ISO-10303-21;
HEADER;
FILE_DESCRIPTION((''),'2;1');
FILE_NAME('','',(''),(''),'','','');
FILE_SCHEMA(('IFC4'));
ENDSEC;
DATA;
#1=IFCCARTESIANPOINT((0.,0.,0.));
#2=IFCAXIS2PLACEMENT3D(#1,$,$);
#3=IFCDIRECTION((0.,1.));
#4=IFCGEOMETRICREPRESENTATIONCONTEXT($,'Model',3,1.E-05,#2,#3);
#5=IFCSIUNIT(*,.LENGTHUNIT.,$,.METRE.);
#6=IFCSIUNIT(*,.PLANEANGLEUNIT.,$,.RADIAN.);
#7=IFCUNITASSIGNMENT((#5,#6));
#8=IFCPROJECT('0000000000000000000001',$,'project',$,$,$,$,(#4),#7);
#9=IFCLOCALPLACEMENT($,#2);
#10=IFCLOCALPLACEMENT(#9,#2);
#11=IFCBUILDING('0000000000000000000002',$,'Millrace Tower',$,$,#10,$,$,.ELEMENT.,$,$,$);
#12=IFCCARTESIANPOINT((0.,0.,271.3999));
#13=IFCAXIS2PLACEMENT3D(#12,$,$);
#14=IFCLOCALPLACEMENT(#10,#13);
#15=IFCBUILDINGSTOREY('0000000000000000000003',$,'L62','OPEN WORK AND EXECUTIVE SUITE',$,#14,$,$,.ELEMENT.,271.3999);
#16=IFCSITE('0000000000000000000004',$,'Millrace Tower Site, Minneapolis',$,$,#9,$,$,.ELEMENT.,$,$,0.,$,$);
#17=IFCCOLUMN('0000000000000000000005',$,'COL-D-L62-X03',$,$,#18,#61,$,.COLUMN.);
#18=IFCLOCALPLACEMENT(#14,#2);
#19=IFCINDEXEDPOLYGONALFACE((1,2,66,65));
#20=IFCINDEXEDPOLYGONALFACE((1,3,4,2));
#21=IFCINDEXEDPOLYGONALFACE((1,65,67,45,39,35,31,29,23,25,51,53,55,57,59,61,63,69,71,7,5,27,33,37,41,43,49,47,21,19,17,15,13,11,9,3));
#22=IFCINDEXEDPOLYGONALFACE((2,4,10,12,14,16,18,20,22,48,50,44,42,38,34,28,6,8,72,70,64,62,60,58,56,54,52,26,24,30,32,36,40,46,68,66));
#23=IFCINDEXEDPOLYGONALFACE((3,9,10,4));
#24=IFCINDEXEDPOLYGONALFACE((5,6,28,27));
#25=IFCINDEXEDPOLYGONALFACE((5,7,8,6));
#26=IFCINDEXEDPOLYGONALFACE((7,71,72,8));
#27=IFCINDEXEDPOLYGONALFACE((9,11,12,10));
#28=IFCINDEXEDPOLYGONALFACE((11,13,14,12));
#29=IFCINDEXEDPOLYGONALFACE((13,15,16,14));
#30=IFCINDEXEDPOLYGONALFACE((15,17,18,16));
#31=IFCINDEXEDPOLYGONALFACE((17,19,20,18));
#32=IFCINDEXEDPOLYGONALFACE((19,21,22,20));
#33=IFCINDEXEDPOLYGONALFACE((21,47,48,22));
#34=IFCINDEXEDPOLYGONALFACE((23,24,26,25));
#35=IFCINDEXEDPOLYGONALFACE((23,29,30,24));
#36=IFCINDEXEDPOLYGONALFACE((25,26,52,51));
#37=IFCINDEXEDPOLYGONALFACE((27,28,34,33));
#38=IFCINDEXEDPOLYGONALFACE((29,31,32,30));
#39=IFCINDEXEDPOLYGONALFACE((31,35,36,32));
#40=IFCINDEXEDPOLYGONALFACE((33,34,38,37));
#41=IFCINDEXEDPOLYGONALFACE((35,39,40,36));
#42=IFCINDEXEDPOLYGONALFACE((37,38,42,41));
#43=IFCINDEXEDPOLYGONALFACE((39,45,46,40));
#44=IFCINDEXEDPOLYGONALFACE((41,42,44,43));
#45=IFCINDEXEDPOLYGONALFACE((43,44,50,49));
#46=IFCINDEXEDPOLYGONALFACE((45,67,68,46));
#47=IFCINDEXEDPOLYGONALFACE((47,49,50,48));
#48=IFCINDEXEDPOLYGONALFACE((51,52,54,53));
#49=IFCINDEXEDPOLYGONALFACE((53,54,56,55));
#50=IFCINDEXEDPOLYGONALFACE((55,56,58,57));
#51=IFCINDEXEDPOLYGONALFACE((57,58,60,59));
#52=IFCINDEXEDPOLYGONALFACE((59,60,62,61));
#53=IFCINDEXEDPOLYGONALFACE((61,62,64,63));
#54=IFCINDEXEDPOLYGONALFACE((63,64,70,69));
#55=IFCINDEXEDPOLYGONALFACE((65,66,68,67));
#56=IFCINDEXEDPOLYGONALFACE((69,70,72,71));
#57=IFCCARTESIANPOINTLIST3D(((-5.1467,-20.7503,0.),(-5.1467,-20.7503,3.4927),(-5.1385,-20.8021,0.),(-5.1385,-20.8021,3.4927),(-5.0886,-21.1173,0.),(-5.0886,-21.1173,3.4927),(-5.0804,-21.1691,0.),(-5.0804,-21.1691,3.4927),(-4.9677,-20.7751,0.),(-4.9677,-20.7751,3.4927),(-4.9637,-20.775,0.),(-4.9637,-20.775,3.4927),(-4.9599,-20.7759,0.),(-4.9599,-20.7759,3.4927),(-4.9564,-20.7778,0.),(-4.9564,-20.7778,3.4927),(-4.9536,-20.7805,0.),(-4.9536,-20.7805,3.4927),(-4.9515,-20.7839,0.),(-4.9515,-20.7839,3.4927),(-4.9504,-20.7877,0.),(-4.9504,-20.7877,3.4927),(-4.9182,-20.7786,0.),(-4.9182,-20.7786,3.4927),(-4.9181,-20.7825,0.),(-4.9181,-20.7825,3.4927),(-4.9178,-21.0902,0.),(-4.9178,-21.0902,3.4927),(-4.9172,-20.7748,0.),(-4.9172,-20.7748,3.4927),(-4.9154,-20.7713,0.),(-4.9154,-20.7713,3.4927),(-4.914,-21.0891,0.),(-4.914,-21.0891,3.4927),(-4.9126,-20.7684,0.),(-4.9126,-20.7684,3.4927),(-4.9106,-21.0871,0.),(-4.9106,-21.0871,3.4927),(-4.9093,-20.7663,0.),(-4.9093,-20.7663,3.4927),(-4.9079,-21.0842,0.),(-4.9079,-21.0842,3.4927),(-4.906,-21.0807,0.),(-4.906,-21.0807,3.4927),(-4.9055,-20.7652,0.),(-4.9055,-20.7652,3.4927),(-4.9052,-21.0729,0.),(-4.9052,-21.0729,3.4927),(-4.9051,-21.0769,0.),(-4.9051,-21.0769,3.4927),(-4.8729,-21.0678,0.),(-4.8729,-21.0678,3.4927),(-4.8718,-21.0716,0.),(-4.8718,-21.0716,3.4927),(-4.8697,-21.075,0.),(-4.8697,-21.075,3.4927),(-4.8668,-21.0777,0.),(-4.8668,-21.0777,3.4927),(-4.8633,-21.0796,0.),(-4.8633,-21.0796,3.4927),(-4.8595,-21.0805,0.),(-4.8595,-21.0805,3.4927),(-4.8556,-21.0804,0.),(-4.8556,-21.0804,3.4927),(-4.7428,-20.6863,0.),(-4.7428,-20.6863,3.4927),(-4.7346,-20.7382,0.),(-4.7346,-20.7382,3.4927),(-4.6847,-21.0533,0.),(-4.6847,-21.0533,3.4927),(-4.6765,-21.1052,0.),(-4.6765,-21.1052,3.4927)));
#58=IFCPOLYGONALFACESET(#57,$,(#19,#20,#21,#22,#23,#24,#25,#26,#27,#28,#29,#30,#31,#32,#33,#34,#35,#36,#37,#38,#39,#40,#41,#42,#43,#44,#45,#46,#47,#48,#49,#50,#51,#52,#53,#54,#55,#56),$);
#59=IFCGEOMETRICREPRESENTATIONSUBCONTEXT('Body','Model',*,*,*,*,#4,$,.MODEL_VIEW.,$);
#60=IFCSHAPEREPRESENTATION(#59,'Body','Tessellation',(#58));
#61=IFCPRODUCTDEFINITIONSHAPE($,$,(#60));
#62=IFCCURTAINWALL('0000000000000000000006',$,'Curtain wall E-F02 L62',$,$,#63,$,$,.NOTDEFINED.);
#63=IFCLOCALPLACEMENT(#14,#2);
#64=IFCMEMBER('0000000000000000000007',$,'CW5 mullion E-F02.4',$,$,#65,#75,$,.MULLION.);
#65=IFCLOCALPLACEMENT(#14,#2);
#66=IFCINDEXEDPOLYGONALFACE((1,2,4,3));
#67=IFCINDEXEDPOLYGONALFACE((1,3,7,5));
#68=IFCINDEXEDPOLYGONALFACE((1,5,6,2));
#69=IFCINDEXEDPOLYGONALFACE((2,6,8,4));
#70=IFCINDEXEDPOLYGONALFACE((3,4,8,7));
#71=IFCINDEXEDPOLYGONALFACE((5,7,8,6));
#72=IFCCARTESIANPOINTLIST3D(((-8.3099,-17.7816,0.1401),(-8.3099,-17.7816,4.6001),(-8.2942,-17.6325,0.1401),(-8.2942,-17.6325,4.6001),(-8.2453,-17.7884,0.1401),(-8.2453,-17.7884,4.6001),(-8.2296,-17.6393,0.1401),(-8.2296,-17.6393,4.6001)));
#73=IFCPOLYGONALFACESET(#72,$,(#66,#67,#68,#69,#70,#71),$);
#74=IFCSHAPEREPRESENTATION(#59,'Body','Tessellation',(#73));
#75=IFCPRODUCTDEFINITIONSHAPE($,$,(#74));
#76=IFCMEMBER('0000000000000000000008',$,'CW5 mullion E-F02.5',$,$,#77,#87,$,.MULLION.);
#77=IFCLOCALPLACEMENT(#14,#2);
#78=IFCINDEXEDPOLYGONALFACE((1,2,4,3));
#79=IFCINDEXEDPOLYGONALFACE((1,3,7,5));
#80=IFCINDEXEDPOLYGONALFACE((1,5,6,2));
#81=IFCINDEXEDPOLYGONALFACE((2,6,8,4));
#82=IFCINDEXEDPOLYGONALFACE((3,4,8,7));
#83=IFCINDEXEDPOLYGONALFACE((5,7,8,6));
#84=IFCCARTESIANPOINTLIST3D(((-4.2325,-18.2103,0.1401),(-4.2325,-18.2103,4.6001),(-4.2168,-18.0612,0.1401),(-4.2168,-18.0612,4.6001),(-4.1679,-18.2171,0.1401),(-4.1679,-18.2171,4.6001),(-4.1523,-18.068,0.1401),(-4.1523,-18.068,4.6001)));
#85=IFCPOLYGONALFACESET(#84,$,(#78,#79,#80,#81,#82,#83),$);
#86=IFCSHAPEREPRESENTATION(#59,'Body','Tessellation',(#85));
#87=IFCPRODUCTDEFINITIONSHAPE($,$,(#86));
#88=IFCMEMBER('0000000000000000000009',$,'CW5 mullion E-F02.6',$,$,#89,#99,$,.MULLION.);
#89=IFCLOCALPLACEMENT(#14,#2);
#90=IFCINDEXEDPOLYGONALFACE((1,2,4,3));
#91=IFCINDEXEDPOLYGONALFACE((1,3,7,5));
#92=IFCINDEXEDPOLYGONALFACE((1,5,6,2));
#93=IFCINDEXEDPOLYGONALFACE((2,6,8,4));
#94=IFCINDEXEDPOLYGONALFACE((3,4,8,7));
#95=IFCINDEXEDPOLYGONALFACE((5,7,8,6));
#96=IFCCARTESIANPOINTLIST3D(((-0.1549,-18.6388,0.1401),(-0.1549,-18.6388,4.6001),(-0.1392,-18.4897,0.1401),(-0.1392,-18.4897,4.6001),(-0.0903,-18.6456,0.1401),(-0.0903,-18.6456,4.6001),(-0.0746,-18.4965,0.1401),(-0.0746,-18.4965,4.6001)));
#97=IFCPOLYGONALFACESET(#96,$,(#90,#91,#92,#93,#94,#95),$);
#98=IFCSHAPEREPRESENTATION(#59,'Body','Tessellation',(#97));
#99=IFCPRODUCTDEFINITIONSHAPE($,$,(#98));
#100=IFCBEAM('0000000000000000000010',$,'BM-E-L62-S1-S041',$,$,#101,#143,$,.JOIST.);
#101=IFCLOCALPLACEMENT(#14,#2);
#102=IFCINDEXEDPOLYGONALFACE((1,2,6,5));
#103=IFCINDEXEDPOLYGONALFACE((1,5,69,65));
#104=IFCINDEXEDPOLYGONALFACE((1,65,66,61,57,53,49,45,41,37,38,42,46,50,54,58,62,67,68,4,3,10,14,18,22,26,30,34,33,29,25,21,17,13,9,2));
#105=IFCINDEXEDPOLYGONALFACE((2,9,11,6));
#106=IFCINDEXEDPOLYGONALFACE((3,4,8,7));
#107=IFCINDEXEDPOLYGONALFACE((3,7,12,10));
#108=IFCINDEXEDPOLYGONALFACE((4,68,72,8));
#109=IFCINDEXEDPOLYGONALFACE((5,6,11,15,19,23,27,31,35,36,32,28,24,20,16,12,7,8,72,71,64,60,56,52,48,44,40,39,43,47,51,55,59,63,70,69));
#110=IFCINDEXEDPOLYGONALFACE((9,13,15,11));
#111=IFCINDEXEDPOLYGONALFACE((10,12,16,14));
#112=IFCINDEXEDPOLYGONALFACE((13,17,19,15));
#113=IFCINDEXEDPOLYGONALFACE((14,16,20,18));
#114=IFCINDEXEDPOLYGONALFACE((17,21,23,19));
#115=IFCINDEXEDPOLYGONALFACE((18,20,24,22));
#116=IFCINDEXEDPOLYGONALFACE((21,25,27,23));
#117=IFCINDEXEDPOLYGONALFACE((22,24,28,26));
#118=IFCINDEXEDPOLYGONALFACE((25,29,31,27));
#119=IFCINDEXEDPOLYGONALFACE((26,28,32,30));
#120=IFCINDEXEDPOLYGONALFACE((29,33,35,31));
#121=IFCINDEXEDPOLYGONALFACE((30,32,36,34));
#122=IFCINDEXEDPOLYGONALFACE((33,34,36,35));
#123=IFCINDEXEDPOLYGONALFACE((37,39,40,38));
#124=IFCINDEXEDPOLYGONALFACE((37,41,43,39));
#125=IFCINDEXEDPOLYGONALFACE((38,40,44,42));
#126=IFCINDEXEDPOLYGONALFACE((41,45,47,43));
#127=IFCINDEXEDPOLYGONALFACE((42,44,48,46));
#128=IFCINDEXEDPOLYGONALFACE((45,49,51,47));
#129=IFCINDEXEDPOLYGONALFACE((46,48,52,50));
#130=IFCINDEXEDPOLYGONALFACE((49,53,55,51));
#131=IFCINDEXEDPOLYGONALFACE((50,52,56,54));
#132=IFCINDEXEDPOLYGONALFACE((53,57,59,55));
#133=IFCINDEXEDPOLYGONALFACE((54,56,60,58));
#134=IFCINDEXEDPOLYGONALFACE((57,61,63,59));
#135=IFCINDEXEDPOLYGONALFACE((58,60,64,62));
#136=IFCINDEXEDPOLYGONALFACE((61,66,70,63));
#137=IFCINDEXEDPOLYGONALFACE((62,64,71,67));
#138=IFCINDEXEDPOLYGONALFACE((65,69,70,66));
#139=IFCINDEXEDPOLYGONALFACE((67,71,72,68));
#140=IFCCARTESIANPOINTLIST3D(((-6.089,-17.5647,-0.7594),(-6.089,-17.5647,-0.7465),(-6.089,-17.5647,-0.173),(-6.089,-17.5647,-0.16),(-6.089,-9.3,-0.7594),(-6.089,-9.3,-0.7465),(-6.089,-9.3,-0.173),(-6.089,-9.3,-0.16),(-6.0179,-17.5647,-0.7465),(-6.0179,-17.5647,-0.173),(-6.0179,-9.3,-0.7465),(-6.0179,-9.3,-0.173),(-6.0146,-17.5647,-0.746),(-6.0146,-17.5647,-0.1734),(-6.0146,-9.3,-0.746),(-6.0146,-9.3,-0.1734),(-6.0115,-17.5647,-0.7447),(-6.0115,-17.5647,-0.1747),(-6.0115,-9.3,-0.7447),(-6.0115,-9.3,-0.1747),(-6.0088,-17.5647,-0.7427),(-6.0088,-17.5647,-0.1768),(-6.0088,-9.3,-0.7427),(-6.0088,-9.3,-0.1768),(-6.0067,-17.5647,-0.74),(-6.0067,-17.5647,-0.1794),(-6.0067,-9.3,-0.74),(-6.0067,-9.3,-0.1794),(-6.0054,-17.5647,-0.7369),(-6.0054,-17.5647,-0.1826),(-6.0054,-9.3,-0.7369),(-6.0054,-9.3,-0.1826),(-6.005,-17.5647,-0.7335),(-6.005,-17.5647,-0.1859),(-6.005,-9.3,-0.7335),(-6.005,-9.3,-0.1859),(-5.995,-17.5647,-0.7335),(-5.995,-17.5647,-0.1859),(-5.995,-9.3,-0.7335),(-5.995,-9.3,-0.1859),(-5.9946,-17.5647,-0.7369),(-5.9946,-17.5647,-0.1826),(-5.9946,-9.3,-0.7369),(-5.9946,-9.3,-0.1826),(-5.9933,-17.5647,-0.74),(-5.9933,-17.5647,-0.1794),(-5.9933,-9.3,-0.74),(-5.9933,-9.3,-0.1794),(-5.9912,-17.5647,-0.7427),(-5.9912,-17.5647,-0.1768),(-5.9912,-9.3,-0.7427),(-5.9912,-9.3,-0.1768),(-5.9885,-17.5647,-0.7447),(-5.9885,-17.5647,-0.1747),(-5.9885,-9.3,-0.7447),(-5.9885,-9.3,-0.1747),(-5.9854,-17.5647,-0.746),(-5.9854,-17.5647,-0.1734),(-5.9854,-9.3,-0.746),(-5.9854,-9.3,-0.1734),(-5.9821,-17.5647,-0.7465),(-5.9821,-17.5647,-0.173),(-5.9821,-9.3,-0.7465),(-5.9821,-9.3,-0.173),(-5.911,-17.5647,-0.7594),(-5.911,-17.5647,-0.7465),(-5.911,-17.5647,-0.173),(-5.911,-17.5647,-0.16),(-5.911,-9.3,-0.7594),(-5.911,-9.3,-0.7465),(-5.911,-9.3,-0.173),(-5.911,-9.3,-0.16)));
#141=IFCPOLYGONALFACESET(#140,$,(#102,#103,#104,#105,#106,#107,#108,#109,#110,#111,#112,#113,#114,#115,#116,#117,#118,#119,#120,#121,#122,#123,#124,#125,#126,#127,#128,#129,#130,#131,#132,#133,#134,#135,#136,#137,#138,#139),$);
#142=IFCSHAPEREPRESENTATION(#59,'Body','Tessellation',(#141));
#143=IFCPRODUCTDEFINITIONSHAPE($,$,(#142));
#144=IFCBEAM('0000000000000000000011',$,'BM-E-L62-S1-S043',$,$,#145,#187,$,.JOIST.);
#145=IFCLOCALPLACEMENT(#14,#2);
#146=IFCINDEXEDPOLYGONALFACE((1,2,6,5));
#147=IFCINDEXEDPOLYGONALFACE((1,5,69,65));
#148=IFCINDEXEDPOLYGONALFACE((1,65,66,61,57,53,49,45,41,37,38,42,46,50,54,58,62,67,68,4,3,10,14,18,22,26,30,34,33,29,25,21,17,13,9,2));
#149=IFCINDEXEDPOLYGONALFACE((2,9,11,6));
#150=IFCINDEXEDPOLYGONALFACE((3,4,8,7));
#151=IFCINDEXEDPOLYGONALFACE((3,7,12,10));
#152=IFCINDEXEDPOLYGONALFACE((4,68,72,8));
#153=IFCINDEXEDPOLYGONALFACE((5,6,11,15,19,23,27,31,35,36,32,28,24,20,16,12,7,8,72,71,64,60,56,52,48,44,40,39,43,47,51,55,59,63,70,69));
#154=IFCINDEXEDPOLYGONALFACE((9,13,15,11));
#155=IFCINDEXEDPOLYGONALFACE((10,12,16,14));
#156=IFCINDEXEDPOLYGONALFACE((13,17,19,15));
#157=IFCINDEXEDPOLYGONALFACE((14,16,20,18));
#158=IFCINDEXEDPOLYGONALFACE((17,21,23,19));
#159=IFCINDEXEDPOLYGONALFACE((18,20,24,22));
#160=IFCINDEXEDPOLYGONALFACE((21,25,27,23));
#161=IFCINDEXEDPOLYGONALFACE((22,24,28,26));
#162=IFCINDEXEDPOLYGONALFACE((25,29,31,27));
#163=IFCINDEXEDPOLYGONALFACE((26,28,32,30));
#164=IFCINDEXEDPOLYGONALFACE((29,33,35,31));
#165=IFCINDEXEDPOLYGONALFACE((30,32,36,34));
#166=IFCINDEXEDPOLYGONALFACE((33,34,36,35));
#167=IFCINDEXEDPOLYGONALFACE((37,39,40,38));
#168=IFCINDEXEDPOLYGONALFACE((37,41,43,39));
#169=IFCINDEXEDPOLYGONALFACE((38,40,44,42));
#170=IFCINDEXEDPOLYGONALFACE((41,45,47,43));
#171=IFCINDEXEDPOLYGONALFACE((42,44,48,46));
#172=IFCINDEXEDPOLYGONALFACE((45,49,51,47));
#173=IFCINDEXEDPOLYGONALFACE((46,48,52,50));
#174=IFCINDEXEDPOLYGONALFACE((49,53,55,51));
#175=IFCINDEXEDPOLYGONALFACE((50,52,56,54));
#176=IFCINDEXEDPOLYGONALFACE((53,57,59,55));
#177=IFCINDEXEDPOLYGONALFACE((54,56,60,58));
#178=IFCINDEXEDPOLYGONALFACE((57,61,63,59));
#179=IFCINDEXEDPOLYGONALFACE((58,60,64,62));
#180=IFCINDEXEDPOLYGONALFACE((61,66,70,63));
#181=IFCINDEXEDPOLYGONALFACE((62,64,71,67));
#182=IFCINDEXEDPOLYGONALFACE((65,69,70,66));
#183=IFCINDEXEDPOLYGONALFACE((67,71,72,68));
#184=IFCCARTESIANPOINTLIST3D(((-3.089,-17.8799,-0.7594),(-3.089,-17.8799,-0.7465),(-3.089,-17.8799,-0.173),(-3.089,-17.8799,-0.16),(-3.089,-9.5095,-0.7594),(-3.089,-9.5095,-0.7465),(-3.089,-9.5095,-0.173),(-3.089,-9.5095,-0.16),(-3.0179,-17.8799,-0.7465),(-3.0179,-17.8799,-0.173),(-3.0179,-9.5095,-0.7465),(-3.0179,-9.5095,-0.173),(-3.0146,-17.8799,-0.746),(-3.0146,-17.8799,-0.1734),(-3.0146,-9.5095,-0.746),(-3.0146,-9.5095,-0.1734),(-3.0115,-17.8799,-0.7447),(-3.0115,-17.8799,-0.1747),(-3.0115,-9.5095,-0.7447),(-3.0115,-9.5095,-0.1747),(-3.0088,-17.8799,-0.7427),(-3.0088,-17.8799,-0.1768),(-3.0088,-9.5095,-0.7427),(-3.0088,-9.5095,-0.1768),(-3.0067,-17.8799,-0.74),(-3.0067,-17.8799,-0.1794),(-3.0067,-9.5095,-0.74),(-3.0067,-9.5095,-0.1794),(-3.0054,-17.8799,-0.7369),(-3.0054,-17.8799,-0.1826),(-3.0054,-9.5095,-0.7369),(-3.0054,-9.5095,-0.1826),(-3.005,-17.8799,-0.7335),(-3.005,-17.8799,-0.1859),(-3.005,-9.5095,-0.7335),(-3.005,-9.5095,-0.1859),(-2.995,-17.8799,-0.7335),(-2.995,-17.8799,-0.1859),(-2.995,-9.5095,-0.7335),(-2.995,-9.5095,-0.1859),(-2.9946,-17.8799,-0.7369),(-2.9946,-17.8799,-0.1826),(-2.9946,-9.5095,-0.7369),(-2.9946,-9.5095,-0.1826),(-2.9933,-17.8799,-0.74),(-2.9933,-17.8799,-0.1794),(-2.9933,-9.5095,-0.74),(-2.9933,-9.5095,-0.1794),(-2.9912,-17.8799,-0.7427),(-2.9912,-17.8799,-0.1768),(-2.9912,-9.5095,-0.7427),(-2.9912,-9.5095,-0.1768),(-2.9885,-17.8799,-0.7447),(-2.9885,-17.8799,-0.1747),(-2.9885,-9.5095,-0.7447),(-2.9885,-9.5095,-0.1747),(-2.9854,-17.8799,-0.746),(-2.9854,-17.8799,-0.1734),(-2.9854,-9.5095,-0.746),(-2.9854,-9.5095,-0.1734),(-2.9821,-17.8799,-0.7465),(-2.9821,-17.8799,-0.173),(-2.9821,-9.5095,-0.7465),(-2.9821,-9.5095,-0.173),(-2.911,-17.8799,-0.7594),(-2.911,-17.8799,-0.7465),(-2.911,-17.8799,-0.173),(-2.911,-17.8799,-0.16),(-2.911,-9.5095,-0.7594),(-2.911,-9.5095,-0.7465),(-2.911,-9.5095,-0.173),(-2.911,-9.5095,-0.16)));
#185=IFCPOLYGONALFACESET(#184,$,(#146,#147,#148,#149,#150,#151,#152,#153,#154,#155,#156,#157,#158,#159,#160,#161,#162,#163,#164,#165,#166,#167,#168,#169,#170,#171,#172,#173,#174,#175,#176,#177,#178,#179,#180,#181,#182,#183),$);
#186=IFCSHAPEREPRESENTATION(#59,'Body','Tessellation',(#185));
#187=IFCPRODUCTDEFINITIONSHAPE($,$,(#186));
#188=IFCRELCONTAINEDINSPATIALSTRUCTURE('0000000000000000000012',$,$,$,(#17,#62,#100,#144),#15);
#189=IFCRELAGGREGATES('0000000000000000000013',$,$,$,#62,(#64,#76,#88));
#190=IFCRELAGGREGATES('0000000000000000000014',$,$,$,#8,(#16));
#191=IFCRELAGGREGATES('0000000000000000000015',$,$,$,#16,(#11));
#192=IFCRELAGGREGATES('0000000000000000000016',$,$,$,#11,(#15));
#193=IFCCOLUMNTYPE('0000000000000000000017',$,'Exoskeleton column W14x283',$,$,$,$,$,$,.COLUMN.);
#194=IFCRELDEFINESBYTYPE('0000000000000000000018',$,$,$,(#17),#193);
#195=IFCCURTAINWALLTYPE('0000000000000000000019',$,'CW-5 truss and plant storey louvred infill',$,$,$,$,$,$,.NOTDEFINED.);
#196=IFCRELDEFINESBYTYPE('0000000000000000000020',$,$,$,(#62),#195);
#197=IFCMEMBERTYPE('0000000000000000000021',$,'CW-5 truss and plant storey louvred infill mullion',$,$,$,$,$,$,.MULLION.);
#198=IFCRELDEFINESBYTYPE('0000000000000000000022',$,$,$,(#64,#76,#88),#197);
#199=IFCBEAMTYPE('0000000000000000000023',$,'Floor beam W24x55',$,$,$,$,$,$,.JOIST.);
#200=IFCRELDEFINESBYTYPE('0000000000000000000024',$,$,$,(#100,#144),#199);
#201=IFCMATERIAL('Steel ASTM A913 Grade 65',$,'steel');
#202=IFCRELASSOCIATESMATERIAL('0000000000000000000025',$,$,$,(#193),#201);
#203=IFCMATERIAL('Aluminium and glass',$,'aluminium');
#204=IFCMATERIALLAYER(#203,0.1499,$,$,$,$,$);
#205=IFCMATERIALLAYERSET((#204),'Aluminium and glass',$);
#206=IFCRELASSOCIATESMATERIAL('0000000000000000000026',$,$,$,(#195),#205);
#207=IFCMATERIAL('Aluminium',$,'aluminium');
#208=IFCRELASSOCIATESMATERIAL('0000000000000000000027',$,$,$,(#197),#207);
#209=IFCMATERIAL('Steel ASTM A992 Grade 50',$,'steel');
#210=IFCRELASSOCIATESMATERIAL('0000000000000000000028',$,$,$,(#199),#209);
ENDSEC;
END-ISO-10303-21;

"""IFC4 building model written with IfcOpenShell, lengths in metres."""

from ifc_helpers import new_model, si_unit, direction, frame, origin, origin_2d, place, context, subcontext, project, spatial, rectangle, i_section, extrude, material, layer, layer_set, material_profile, profile_set, type_object, element, aggregate, save


model = new_model("IFC4")

# Units and contexts
model_context = context("Model", 3, precision=1e-05, world=origin(), true_north=direction((0.0, 1.0)))
body_context = subcontext(model_context, "Body", "Model", "MODEL_VIEW")
ifc_project = project(units=[si_unit("LENGTHUNIT", "METRE"), si_unit("PLANEANGLEUNIT", "RADIAN")], contexts=[model_context])

# Site, building, storey
site_placement = place(None, origin())
site = spatial("IfcSite", under=ifc_project, at=site_placement, Name="Millrace Tower Site, Minneapolis", CompositionType="ELEMENT", RefElevation=0.0)
building_placement = place(site_placement, origin())
building = spatial("IfcBuilding", under=site, at=building_placement, Name="Millrace Tower", CompositionType="ELEMENT")
storey_placement = place(building_placement, frame((0.0, 0.0, 271.3999)))
storey = spatial("IfcBuildingStorey", under=building, at=storey_placement, Name="L62", Description="OPEN WORK AND EXECUTIVE SUITE", CompositionType="ELEMENT", Elevation=271.3999)

# Column
ifc_material_1 = material(Name="Steel ASTM A913 Grade 65", Category="steel")
ifc_material_profile_1 = material_profile(ifc_material_1, i_section(OverallWidth=0.4089, OverallDepth=0.4241, WebThickness=0.0327, FlangeThickness=0.0525, FilletRadius=0.0151, at=origin_2d()))
ifc_profile_set_1 = profile_set([ifc_material_profile_1], Name="Steel ASTM A913 Grade 65")
column_type = type_object("IfcColumnType", Name="Exoskeleton column W14x283", PredefinedType="COLUMN", material=ifc_profile_set_1)
column_placement = place(storey_placement, frame((-4.9116, -20.9277, 0.0), z_axis=(0.0, 0.0, 1.0), x_axis=(0.987688, 0.156434, 0.0)))
element("IfcColumn", 1, at=column_placement, inside=storey, type_object=column_type, Name="COL-D-L62-X03", PredefinedType="COLUMN", context=body_context, shape_type="SweptSolid", body=[
    extrude(i_section(OverallWidth=0.4089, OverallDepth=0.4241, WebThickness=0.0327, FlangeThickness=0.0525, FilletRadius=0.0151, at=origin_2d()), origin(), (0.0, 0.0, 1.0), 3.4927),
])

# Curtain wall, members
ifc_material_2 = material(Name="Aluminium and glass", Category="aluminium")
ifc_layer_1 = layer(ifc_material_2, 0.1499)
ifc_layer_set_1 = layer_set([ifc_layer_1], Name="Aluminium and glass")
curtain_wall_type = type_object("IfcCurtainWallType", Name="CW-5 truss and plant storey louvred infill", PredefinedType="NOTDEFINED", material=ifc_layer_set_1)
curtain_wall_placement = place(storey_placement, origin())
curtain_wall = element("IfcCurtainWall", 2, at=curtain_wall_placement, inside=storey, type_object=curtain_wall_type, Name="Curtain wall E-F02 L62", PredefinedType="NOTDEFINED")
ifc_material_3 = material(Name="Aluminium", Category="aluminium")
ifc_material_profile_2 = material_profile(ifc_material_3, rectangle(XDim=0.0649, YDim=0.1499, at=origin_2d()))
ifc_profile_set_2 = profile_set([ifc_material_profile_2], Name="Aluminium")
member_type_1 = type_object("IfcMemberType", Name="CW-5 truss and plant storey louvred infill mullion", PredefinedType="MULLION", material=ifc_profile_set_2)
member_1_placement = place(storey_placement, frame((-8.2698, -17.7104, 0.1401), z_axis=(0.0, 0.0, 1.0), x_axis=(0.994522, -0.104528, 0.0)))
member_1 = element("IfcMember", 3, at=member_1_placement, type_object=member_type_1, Name="CW5 mullion E-F02.4", PredefinedType="MULLION", context=body_context, shape_type="SweptSolid", body=[
    extrude(rectangle(XDim=0.0649, YDim=0.1499, at=origin_2d()), origin(), (0.0, 0.0, 1.0), 4.46),
])
member_2_placement = place(storey_placement, frame((-4.1924, -18.1392, 0.1401), z_axis=(0.0, 0.0, 1.0), x_axis=(0.994522, -0.104528, 0.0)))
member_2 = element("IfcMember", 4, at=member_2_placement, type_object=member_type_1, Name="CW5 mullion E-F02.5", PredefinedType="MULLION", context=body_context, shape_type="SweptSolid", body=[
    extrude(rectangle(XDim=0.0649, YDim=0.1499, at=origin_2d()), origin(), (0.0, 0.0, 1.0), 4.46),
])
member_3_placement = place(storey_placement, frame((-0.1147, -18.5676, 0.1401), z_axis=(0.0, 0.0, 1.0), x_axis=(0.994522, -0.104528, 0.0)))
member_3 = element("IfcMember", 5, at=member_3_placement, type_object=member_type_1, Name="CW5 mullion E-F02.6", PredefinedType="MULLION", context=body_context, shape_type="SweptSolid", body=[
    extrude(rectangle(XDim=0.0649, YDim=0.1499, at=origin_2d()), origin(), (0.0, 0.0, 1.0), 4.46),
])
aggregate(curtain_wall, [member_1, member_2, member_3])

# Beams
ifc_material_4 = material(Name="Steel ASTM A992 Grade 50", Category="steel")
ifc_material_profile_3 = material_profile(ifc_material_4, i_section(OverallWidth=0.178, OverallDepth=0.5994, WebThickness=0.01, FlangeThickness=0.0129, FilletRadius=0.0129, at=origin_2d()))
ifc_profile_set_3 = profile_set([ifc_material_profile_3], Name="Steel ASTM A992 Grade 50")
beam_type_1 = type_object("IfcBeamType", Name="Floor beam W24x55", PredefinedType="JOIST", material=ifc_profile_set_3)
beam_1_placement = place(storey_placement, frame((-6.0, -17.5647, -0.4597), z_axis=(0.0, 1.0, 0.0), x_axis=(-1.0, 0.0, 0.0)))
element("IfcBeam", 6, at=beam_1_placement, inside=storey, type_object=beam_type_1, Name="BM-E-L62-S1-S041", PredefinedType="JOIST", context=body_context, shape_type="SweptSolid", body=[
    extrude(i_section(OverallWidth=0.178, OverallDepth=0.5994, WebThickness=0.01, FlangeThickness=0.0129, FilletRadius=0.0129, at=origin_2d()), origin(), (0.0, 0.0, 1.0), 8.2646),
])
beam_2_placement = place(storey_placement, frame((-3.0, -17.8799, -0.4597), z_axis=(0.0, 1.0, 0.0), x_axis=(-1.0, 0.0, 0.0)))
element("IfcBeam", 7, at=beam_2_placement, inside=storey, type_object=beam_type_1, Name="BM-E-L62-S1-S043", PredefinedType="JOIST", context=body_context, shape_type="SweptSolid", body=[
    extrude(i_section(OverallWidth=0.178, OverallDepth=0.5994, WebThickness=0.01, FlangeThickness=0.0129, FilletRadius=0.0129, at=origin_2d()), origin(), (0.0, 0.0, 1.0), 8.3704),
])

save(model, "model.ifc")
